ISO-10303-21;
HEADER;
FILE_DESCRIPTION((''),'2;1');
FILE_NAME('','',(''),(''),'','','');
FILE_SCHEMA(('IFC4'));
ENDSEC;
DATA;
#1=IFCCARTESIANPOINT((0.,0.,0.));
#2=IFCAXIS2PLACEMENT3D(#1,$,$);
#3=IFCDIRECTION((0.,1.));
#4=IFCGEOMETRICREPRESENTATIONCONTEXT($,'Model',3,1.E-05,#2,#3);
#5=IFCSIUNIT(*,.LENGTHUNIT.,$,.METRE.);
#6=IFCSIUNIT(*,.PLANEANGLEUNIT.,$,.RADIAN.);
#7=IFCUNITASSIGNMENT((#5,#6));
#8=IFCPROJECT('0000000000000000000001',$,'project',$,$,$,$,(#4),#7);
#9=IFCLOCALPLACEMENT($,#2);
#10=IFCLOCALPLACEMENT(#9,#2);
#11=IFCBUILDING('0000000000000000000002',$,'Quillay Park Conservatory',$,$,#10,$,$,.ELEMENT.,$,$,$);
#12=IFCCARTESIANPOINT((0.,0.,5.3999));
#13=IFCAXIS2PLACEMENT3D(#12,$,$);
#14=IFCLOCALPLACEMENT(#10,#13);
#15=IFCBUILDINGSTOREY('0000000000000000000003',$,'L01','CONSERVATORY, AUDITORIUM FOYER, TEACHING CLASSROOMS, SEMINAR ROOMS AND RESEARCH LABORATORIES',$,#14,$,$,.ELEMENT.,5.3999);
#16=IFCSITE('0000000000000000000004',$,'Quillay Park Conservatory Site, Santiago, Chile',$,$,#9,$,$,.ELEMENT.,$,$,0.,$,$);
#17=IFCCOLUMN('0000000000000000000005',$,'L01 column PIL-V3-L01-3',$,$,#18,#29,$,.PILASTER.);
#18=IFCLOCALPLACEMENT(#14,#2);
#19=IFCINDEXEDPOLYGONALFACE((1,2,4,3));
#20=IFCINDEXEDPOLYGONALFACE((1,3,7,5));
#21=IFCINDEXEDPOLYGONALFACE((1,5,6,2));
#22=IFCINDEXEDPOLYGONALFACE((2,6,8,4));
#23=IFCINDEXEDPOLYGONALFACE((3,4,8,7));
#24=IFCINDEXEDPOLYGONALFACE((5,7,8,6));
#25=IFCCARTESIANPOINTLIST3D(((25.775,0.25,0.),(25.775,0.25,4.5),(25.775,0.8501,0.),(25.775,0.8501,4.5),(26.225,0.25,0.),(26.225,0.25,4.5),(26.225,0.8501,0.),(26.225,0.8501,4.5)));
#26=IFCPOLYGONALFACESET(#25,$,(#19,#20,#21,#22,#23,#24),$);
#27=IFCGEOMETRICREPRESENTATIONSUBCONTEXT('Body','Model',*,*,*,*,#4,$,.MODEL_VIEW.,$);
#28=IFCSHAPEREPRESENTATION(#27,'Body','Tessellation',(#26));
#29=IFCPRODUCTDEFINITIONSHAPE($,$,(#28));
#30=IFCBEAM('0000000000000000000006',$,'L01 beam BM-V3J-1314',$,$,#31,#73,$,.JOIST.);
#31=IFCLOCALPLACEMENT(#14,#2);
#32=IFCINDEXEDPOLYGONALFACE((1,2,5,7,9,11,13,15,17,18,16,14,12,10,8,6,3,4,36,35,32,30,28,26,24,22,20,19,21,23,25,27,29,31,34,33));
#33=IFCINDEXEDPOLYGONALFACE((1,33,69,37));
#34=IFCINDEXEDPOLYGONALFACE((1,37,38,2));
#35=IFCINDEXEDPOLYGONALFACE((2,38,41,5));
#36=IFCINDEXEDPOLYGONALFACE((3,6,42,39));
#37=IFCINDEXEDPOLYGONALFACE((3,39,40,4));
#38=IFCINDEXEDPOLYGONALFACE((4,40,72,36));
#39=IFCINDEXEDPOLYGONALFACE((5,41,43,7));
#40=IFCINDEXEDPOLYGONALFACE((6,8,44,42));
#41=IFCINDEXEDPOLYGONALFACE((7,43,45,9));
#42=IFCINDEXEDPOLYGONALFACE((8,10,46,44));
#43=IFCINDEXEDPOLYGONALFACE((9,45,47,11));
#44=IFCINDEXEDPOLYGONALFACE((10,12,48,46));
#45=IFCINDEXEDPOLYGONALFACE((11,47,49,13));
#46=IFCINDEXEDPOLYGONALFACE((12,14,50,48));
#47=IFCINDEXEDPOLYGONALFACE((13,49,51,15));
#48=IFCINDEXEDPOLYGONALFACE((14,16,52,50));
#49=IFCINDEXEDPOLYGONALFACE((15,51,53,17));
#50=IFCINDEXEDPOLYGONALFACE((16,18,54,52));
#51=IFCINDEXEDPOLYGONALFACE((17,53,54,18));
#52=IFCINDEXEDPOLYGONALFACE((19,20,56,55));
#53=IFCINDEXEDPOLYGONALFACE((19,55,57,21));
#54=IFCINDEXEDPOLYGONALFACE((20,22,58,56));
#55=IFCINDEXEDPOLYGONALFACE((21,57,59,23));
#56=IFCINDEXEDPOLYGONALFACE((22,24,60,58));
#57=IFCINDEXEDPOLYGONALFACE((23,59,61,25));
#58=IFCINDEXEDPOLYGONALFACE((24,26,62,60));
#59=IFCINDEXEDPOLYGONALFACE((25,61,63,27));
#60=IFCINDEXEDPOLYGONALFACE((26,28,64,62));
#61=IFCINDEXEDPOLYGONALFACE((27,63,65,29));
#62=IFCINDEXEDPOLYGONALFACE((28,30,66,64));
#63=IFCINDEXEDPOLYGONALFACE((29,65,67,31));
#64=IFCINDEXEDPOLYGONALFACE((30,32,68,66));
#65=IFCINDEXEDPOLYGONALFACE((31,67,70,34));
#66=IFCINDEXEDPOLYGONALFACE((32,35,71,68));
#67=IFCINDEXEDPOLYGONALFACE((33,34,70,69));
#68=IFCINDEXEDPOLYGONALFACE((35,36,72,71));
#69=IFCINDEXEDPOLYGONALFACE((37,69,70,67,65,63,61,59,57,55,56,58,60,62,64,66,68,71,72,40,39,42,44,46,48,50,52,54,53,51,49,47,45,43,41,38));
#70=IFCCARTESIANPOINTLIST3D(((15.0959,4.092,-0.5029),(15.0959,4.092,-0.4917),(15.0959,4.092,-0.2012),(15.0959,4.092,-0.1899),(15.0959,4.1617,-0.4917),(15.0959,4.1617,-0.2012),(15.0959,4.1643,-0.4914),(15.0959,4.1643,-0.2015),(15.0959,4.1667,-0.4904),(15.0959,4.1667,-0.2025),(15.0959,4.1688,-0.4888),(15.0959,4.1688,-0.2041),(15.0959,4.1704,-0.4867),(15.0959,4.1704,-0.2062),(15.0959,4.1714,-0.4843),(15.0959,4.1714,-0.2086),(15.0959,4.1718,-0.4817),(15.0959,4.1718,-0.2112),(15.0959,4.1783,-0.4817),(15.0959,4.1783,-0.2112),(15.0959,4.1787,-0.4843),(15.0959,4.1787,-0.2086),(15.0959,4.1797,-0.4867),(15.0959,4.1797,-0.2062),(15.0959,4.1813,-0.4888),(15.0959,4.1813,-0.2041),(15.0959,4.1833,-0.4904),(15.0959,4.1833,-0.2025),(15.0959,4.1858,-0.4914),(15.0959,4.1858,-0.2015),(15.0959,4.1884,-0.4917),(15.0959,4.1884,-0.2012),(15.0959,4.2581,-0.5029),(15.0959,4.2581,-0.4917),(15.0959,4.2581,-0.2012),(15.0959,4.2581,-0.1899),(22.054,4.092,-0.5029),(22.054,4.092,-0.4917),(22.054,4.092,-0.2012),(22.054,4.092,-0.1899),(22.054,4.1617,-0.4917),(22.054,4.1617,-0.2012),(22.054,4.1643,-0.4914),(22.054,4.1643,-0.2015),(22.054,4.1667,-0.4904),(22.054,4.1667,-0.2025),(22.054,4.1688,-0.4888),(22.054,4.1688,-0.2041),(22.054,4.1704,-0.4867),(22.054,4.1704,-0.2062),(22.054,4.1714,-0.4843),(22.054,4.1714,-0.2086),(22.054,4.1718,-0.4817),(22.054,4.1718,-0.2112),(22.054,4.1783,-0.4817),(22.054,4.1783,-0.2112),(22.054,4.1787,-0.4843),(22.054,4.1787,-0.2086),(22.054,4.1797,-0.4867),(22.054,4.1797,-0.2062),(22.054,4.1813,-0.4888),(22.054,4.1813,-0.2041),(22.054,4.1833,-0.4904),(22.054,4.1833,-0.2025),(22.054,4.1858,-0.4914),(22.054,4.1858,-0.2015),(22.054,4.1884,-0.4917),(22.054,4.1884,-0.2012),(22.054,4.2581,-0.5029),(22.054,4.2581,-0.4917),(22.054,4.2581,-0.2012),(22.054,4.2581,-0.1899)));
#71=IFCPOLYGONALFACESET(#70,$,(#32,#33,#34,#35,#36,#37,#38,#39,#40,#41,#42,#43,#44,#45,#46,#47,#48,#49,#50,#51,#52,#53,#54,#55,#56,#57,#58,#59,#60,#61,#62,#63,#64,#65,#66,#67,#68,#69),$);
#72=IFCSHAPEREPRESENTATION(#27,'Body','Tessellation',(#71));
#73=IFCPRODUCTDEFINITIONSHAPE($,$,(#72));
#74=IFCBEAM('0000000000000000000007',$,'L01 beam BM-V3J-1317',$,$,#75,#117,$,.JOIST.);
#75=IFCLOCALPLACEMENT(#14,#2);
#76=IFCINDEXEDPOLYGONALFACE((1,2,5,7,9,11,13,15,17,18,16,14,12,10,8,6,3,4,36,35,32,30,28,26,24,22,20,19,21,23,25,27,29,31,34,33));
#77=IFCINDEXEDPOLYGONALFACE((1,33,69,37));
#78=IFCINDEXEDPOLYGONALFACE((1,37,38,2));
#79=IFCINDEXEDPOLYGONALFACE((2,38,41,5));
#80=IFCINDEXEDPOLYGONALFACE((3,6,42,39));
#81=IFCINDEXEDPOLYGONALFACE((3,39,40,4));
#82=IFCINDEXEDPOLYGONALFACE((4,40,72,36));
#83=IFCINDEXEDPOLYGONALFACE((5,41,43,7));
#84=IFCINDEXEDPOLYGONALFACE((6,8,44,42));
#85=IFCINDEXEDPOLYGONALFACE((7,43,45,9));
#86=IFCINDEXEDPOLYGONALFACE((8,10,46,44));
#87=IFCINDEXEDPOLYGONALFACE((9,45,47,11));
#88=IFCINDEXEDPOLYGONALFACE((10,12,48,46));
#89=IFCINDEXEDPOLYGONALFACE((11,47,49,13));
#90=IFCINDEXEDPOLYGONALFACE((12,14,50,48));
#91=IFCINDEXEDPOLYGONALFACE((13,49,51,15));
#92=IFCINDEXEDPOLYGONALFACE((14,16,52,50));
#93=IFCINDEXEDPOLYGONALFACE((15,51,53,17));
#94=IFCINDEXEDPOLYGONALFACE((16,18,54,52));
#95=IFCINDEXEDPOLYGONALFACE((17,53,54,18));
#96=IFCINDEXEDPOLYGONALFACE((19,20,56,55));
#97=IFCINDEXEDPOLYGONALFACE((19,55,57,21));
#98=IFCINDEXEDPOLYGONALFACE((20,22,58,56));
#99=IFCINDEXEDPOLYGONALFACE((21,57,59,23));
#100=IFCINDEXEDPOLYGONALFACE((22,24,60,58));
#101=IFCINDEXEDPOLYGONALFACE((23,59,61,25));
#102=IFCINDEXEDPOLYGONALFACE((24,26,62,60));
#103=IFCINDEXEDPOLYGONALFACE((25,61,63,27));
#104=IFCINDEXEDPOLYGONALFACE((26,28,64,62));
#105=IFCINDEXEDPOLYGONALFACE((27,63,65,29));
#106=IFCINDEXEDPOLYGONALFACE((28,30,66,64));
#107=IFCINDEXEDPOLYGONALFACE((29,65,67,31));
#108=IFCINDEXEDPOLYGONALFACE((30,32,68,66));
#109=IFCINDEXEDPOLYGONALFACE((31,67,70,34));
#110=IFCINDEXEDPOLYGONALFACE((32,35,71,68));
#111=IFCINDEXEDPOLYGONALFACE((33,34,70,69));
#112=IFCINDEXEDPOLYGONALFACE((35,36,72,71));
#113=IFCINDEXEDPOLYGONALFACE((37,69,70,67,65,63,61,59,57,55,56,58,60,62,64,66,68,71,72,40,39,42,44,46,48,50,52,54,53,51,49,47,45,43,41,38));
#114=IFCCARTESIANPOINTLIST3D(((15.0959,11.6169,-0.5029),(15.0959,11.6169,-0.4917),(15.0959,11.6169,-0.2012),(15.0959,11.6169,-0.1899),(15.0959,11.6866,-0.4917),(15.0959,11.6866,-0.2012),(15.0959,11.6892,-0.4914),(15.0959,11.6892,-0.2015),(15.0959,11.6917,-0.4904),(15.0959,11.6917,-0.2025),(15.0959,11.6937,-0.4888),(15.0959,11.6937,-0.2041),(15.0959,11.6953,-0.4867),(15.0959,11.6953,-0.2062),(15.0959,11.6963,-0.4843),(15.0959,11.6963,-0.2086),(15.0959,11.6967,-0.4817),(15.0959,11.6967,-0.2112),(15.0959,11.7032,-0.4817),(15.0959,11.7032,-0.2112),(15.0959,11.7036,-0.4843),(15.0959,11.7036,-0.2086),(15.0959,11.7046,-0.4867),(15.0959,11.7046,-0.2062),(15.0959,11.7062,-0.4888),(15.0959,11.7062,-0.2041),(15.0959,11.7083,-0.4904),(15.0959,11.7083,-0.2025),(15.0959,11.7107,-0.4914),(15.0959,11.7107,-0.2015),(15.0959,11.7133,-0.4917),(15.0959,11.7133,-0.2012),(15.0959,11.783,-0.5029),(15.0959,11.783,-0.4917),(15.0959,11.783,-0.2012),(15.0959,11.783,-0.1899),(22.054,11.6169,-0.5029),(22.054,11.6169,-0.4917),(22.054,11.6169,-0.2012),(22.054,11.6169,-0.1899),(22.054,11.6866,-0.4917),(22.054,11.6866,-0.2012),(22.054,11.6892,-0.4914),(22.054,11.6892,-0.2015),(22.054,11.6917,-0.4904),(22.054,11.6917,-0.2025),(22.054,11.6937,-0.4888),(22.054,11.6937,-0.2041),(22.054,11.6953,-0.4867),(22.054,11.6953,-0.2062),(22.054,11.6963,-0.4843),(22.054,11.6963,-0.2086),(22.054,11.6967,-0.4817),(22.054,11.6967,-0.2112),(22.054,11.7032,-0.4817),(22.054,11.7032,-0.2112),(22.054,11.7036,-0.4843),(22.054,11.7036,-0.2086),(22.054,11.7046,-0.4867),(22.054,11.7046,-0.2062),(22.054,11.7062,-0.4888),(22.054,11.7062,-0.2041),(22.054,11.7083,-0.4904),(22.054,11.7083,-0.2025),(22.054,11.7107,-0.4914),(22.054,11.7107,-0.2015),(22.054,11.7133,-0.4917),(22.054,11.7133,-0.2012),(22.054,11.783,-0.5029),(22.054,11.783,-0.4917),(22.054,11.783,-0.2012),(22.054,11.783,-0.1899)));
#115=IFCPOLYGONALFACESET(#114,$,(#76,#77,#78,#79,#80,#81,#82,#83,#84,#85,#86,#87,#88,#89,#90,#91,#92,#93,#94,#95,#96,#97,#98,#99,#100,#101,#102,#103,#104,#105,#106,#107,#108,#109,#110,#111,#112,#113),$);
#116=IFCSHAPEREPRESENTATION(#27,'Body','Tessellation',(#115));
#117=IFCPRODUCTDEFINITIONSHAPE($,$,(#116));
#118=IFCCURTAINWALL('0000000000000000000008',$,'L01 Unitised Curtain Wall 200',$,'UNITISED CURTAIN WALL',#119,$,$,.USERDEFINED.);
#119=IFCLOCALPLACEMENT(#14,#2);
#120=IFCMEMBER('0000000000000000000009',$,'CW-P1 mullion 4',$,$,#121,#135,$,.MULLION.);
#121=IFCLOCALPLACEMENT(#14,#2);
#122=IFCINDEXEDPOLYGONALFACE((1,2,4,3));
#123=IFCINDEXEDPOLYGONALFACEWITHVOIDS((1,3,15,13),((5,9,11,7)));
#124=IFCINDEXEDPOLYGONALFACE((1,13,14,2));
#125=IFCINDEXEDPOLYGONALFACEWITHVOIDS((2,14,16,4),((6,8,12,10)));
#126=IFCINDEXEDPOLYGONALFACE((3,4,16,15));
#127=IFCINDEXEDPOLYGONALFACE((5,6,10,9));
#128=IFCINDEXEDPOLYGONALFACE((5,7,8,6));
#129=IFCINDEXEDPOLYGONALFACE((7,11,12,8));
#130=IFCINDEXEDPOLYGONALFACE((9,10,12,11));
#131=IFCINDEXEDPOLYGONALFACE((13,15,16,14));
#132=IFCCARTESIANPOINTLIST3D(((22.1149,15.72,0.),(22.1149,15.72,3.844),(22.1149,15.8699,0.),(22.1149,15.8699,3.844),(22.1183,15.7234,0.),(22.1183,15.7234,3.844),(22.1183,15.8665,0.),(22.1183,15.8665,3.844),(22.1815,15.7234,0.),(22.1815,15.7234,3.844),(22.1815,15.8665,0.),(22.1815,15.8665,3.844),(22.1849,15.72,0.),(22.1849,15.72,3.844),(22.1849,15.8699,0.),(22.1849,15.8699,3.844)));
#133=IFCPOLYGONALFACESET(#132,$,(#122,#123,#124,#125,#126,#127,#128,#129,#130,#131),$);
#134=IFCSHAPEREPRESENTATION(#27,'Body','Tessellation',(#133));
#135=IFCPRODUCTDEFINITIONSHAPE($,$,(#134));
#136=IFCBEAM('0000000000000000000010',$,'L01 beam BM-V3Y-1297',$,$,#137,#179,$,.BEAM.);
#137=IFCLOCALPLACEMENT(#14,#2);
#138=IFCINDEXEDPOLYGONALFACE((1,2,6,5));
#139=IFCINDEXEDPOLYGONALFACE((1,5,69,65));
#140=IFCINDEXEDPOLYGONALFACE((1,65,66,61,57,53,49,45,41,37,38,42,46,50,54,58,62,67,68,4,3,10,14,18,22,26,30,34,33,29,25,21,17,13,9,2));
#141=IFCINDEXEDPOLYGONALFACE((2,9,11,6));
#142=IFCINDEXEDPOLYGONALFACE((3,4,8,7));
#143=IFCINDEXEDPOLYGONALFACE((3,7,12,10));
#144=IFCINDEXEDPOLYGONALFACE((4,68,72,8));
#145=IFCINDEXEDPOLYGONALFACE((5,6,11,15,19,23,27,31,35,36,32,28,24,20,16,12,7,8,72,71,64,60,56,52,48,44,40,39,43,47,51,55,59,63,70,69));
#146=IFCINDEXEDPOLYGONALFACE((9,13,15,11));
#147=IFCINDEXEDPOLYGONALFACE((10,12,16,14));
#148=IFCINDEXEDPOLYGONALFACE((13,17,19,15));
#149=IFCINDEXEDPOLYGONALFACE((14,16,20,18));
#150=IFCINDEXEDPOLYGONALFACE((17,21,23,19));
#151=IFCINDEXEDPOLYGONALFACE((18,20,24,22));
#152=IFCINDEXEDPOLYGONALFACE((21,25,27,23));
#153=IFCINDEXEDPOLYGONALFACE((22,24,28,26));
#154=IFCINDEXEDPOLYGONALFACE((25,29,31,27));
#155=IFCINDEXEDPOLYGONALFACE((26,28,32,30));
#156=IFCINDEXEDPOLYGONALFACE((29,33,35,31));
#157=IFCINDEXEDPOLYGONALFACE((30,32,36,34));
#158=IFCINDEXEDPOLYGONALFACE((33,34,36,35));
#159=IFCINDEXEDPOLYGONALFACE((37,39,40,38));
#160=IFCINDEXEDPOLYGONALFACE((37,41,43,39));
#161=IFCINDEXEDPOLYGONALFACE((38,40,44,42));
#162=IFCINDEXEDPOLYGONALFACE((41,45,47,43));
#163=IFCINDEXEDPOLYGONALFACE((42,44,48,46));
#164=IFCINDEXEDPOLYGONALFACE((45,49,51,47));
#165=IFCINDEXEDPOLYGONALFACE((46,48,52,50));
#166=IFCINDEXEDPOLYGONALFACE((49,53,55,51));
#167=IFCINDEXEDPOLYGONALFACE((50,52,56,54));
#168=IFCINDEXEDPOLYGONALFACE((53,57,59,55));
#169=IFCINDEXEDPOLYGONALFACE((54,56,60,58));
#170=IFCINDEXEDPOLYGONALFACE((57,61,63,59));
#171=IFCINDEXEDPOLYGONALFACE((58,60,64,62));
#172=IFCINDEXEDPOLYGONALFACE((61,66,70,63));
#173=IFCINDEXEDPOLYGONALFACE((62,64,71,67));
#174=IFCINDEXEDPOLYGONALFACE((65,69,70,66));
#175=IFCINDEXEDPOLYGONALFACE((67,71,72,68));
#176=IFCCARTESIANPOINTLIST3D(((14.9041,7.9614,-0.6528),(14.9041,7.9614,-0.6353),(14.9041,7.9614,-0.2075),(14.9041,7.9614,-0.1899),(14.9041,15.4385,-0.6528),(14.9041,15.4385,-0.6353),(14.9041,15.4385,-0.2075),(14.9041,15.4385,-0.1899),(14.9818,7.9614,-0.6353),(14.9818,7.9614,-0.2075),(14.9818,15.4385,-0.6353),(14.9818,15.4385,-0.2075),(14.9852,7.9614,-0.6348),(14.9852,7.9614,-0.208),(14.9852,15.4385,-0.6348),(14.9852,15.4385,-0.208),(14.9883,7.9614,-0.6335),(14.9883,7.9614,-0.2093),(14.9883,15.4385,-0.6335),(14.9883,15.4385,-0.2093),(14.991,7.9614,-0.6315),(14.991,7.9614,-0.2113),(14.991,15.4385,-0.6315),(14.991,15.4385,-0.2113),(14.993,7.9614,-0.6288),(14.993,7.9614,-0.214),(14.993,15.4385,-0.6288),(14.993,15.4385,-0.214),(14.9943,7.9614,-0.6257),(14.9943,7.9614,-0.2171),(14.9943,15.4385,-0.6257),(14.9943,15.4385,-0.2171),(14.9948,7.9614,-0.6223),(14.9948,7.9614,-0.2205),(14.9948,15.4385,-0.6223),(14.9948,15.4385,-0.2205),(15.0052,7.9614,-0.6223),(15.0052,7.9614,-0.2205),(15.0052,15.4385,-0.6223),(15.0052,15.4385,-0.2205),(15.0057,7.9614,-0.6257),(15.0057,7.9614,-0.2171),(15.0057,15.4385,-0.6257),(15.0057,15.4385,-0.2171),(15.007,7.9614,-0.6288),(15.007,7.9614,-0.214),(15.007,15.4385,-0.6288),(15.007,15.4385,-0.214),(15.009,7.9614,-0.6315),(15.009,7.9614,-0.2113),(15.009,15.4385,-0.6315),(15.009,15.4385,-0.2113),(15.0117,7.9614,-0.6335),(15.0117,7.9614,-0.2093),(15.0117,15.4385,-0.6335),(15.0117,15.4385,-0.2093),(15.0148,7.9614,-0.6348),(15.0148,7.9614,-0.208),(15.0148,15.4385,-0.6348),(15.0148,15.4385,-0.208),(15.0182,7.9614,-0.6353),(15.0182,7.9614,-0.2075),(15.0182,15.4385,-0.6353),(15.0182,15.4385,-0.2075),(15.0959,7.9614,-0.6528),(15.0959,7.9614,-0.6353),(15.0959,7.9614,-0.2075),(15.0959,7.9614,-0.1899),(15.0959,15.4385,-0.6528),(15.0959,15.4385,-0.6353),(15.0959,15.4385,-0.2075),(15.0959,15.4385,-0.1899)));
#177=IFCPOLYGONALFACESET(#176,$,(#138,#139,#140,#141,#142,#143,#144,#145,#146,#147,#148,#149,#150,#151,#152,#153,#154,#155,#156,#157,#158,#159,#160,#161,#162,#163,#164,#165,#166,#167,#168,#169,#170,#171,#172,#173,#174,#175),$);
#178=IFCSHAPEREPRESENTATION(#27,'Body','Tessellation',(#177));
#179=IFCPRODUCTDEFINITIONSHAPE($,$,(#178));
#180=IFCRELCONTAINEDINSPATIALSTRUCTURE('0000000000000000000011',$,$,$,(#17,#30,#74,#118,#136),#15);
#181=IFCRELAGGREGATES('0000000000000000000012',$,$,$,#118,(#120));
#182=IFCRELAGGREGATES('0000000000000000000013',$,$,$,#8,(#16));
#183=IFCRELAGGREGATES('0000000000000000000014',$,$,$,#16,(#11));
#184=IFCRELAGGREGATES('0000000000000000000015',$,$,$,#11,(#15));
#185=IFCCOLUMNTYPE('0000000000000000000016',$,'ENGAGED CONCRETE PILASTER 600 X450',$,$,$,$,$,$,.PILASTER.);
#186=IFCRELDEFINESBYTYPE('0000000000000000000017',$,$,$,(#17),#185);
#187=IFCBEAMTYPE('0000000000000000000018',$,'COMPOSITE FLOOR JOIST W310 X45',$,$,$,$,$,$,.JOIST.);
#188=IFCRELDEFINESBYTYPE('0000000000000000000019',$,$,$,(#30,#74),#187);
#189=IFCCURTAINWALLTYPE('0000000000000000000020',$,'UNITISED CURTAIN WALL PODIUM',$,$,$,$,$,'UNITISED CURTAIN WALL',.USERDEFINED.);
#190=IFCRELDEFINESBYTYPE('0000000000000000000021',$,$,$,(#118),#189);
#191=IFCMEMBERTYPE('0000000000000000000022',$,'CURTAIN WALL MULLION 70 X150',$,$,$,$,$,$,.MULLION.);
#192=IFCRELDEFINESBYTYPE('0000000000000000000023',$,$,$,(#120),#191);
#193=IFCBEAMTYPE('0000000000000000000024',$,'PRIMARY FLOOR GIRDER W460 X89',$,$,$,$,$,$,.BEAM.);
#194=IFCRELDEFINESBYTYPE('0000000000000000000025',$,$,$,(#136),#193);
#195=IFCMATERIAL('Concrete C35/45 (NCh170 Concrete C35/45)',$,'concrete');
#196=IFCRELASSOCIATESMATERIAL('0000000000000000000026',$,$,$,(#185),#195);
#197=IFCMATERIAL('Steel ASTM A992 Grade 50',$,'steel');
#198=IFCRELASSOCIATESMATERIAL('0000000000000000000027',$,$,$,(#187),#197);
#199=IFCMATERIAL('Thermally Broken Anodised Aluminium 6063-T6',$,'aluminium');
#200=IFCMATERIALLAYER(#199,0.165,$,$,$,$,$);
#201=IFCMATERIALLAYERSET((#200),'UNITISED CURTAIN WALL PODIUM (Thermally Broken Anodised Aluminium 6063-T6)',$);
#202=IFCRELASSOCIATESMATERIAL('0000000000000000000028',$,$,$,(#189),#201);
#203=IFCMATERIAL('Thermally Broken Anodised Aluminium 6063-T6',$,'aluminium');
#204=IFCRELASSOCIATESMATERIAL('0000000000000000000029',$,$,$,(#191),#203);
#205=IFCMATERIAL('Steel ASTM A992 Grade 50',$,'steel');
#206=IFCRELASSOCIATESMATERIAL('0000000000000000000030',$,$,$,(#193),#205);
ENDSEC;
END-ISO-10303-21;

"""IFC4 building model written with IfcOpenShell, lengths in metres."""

from ifc_helpers import new_model, si_unit, direction, frame, origin, origin_2d, place, context, subcontext, project, spatial, rectangle, hollow_rectangle, i_section, extrude, material, layer, layer_set, material_profile, profile_set, type_object, element, aggregate, save


model = new_model("IFC4")

# Units and contexts
model_context = context("Model", 3, precision=1e-05, world=origin(), true_north=direction((0.0, 1.0)))
body_context = subcontext(model_context, "Body", "Model", "MODEL_VIEW")
ifc_project = project(units=[si_unit("LENGTHUNIT", "METRE"), si_unit("PLANEANGLEUNIT", "RADIAN")], contexts=[model_context])

# Site, building, storey
site_placement = place(None, origin())
site = spatial("IfcSite", under=ifc_project, at=site_placement, Name="Quillay Park Conservatory Site, Santiago, Chile", CompositionType="ELEMENT", RefElevation=0.0)
building_placement = place(site_placement, origin())
building = spatial("IfcBuilding", under=site, at=building_placement, Name="Quillay Park Conservatory", CompositionType="ELEMENT")
storey_placement = place(building_placement, frame((0.0, 0.0, 5.3999)))
storey = spatial("IfcBuildingStorey", under=building, at=storey_placement, Name="L01", Description="CONSERVATORY, AUDITORIUM FOYER, TEACHING CLASSROOMS, SEMINAR ROOMS AND RESEARCH LABORATORIES", CompositionType="ELEMENT", Elevation=5.3999)

# Column
ifc_material_1 = material(Name="Concrete C35/45 (NCh170 Concrete C35/45)", Category="concrete")
ifc_material_profile_1 = material_profile(ifc_material_1, rectangle(XDim=0.45, YDim=0.6001, at=origin_2d()), Name="RC600x450")
ifc_profile_set_1 = profile_set([ifc_material_profile_1], Name="Concrete C35/45 (NCh170 Concrete C35/45)")
column_type_1 = type_object("IfcColumnType", Name="ENGAGED CONCRETE PILASTER 600 X450", PredefinedType="PILASTER", material=ifc_profile_set_1)
for number, where, z_axis, x_axis, name in (
    (1, (26.0, 0.55, 0.0), (0.0, 0.0, 1.0), (1.0, 0.0, 0.0), "L01 column PIL-V3-L01-3"),
):
    element("IfcColumn", number, at=place(storey_placement, frame(where, z_axis=z_axis, x_axis=x_axis)), inside=storey, type_object=column_type_1, Name=name, PredefinedType="PILASTER", context=body_context, shape_type="SweptSolid", body=[
        extrude(rectangle(XDim=0.45, YDim=0.6001, at=origin_2d()), origin(), (0.0, 0.0, 1.0), 4.5),
    ])

# Beams
ifc_material_2 = material(Name="Steel ASTM A992 Grade 50", Category="steel")
ifc_material_profile_2 = material_profile(ifc_material_2, i_section(OverallWidth=0.166, OverallDepth=0.313, WebThickness=0.0066, FlangeThickness=0.0112, FilletRadius=0.01, at=origin_2d()), Name="W310x45")
ifc_profile_set_2 = profile_set([ifc_material_profile_2], Name="Steel ASTM A992 Grade 50")
beam_type_1 = type_object("IfcBeamType", Name="COMPOSITE FLOOR JOIST W310 X45", PredefinedType="JOIST", material=ifc_profile_set_2)
for number, where, z_axis, x_axis, name in (
    (2, (15.0959, 4.175, -0.3464), (1.0, 0.0, 0.0), (0.0, 1.0, 0.0), "L01 beam BM-V3J-1314"),
    (3, (15.0959, 11.7, -0.3464), (1.0, 0.0, 0.0), (0.0, 1.0, 0.0), "L01 beam BM-V3J-1317"),
):
    element("IfcBeam", number, at=place(storey_placement, frame(where, z_axis=z_axis, x_axis=x_axis)), inside=storey, type_object=beam_type_1, Name=name, PredefinedType="JOIST", context=body_context, shape_type="SweptSolid", body=[
        extrude(i_section(OverallWidth=0.166, OverallDepth=0.313, WebThickness=0.0066, FlangeThickness=0.0112, FilletRadius=0.01, at=origin_2d()), origin(), (0.0, 0.0, 1.0), 6.958),
    ])

# Curtain wall, member
ifc_material_3 = material(Name="Thermally Broken Anodised Aluminium 6063-T6", Category="aluminium")
ifc_layer_1 = layer(ifc_material_3, 0.165)
ifc_layer_set_1 = layer_set([ifc_layer_1], Name="UNITISED CURTAIN WALL PODIUM (Thermally Broken Anodised Aluminium 6063-T6)")
curtain_wall_type = type_object("IfcCurtainWallType", Name="UNITISED CURTAIN WALL PODIUM", ElementType="UNITISED CURTAIN WALL", PredefinedType="USERDEFINED", material=ifc_layer_set_1)
curtain_wall_placement = place(storey_placement, origin())
curtain_wall = element("IfcCurtainWall", 4, at=curtain_wall_placement, inside=storey, type_object=curtain_wall_type, Name="L01 Unitised Curtain Wall 200", ObjectType="UNITISED CURTAIN WALL", PredefinedType="USERDEFINED")
ifc_material_4 = material(Name="Thermally Broken Anodised Aluminium 6063-T6", Category="aluminium")
ifc_material_profile_3 = material_profile(ifc_material_4, hollow_rectangle(XDim=0.0701, YDim=0.1499, WallThickness=0.0034, at=origin_2d()), Name="AL70x150x3.5")
ifc_profile_set_3 = profile_set([ifc_material_profile_3], Name="Thermally Broken Anodised Aluminium 6063-T6")
member_type = type_object("IfcMemberType", Name="CURTAIN WALL MULLION 70 X150", PredefinedType="MULLION", material=ifc_profile_set_3)
member_placement = place(storey_placement, frame((22.1499, 15.7949, 0.0), z_axis=(0.0, 0.0, 1.0), x_axis=(1.0, 0.0, 0.0)))
member = element("IfcMember", 5, at=member_placement, type_object=member_type, Name="CW-P1 mullion 4", PredefinedType="MULLION", context=body_context, shape_type="SweptSolid", body=[
    extrude(hollow_rectangle(XDim=0.0701, YDim=0.1499, WallThickness=0.0034, at=origin_2d()), origin(), (0.0, 0.0, 1.0), 3.844),
])
aggregate(curtain_wall, [member])

# Beam
ifc_material_5 = material(Name="Steel ASTM A992 Grade 50", Category="steel")
ifc_material_profile_4 = material_profile(ifc_material_5, i_section(OverallWidth=0.1919, OverallDepth=0.4629, WebThickness=0.0105, FlangeThickness=0.0176, FilletRadius=0.0129, at=origin_2d()), Name="W460x89")
ifc_profile_set_4 = profile_set([ifc_material_profile_4], Name="Steel ASTM A992 Grade 50")
beam_type_2 = type_object("IfcBeamType", Name="PRIMARY FLOOR GIRDER W460 X89", PredefinedType="BEAM", material=ifc_profile_set_4)
for number, where, z_axis, x_axis, name in (
    (6, (15.0, 7.9614, -0.4214), (0.0, 1.0, 0.0), (-1.0, 0.0, 0.0), "L01 beam BM-V3Y-1297"),
):
    element("IfcBeam", number, at=place(storey_placement, frame(where, z_axis=z_axis, x_axis=x_axis)), inside=storey, type_object=beam_type_2, Name=name, PredefinedType="BEAM", context=body_context, shape_type="SweptSolid", body=[
        extrude(i_section(OverallWidth=0.1919, OverallDepth=0.4629, WebThickness=0.0105, FlangeThickness=0.0176, FilletRadius=0.0129, at=origin_2d()), origin(), (0.0, 0.0, 1.0), 7.4771),
    ])

save(model, "model.ifc")
